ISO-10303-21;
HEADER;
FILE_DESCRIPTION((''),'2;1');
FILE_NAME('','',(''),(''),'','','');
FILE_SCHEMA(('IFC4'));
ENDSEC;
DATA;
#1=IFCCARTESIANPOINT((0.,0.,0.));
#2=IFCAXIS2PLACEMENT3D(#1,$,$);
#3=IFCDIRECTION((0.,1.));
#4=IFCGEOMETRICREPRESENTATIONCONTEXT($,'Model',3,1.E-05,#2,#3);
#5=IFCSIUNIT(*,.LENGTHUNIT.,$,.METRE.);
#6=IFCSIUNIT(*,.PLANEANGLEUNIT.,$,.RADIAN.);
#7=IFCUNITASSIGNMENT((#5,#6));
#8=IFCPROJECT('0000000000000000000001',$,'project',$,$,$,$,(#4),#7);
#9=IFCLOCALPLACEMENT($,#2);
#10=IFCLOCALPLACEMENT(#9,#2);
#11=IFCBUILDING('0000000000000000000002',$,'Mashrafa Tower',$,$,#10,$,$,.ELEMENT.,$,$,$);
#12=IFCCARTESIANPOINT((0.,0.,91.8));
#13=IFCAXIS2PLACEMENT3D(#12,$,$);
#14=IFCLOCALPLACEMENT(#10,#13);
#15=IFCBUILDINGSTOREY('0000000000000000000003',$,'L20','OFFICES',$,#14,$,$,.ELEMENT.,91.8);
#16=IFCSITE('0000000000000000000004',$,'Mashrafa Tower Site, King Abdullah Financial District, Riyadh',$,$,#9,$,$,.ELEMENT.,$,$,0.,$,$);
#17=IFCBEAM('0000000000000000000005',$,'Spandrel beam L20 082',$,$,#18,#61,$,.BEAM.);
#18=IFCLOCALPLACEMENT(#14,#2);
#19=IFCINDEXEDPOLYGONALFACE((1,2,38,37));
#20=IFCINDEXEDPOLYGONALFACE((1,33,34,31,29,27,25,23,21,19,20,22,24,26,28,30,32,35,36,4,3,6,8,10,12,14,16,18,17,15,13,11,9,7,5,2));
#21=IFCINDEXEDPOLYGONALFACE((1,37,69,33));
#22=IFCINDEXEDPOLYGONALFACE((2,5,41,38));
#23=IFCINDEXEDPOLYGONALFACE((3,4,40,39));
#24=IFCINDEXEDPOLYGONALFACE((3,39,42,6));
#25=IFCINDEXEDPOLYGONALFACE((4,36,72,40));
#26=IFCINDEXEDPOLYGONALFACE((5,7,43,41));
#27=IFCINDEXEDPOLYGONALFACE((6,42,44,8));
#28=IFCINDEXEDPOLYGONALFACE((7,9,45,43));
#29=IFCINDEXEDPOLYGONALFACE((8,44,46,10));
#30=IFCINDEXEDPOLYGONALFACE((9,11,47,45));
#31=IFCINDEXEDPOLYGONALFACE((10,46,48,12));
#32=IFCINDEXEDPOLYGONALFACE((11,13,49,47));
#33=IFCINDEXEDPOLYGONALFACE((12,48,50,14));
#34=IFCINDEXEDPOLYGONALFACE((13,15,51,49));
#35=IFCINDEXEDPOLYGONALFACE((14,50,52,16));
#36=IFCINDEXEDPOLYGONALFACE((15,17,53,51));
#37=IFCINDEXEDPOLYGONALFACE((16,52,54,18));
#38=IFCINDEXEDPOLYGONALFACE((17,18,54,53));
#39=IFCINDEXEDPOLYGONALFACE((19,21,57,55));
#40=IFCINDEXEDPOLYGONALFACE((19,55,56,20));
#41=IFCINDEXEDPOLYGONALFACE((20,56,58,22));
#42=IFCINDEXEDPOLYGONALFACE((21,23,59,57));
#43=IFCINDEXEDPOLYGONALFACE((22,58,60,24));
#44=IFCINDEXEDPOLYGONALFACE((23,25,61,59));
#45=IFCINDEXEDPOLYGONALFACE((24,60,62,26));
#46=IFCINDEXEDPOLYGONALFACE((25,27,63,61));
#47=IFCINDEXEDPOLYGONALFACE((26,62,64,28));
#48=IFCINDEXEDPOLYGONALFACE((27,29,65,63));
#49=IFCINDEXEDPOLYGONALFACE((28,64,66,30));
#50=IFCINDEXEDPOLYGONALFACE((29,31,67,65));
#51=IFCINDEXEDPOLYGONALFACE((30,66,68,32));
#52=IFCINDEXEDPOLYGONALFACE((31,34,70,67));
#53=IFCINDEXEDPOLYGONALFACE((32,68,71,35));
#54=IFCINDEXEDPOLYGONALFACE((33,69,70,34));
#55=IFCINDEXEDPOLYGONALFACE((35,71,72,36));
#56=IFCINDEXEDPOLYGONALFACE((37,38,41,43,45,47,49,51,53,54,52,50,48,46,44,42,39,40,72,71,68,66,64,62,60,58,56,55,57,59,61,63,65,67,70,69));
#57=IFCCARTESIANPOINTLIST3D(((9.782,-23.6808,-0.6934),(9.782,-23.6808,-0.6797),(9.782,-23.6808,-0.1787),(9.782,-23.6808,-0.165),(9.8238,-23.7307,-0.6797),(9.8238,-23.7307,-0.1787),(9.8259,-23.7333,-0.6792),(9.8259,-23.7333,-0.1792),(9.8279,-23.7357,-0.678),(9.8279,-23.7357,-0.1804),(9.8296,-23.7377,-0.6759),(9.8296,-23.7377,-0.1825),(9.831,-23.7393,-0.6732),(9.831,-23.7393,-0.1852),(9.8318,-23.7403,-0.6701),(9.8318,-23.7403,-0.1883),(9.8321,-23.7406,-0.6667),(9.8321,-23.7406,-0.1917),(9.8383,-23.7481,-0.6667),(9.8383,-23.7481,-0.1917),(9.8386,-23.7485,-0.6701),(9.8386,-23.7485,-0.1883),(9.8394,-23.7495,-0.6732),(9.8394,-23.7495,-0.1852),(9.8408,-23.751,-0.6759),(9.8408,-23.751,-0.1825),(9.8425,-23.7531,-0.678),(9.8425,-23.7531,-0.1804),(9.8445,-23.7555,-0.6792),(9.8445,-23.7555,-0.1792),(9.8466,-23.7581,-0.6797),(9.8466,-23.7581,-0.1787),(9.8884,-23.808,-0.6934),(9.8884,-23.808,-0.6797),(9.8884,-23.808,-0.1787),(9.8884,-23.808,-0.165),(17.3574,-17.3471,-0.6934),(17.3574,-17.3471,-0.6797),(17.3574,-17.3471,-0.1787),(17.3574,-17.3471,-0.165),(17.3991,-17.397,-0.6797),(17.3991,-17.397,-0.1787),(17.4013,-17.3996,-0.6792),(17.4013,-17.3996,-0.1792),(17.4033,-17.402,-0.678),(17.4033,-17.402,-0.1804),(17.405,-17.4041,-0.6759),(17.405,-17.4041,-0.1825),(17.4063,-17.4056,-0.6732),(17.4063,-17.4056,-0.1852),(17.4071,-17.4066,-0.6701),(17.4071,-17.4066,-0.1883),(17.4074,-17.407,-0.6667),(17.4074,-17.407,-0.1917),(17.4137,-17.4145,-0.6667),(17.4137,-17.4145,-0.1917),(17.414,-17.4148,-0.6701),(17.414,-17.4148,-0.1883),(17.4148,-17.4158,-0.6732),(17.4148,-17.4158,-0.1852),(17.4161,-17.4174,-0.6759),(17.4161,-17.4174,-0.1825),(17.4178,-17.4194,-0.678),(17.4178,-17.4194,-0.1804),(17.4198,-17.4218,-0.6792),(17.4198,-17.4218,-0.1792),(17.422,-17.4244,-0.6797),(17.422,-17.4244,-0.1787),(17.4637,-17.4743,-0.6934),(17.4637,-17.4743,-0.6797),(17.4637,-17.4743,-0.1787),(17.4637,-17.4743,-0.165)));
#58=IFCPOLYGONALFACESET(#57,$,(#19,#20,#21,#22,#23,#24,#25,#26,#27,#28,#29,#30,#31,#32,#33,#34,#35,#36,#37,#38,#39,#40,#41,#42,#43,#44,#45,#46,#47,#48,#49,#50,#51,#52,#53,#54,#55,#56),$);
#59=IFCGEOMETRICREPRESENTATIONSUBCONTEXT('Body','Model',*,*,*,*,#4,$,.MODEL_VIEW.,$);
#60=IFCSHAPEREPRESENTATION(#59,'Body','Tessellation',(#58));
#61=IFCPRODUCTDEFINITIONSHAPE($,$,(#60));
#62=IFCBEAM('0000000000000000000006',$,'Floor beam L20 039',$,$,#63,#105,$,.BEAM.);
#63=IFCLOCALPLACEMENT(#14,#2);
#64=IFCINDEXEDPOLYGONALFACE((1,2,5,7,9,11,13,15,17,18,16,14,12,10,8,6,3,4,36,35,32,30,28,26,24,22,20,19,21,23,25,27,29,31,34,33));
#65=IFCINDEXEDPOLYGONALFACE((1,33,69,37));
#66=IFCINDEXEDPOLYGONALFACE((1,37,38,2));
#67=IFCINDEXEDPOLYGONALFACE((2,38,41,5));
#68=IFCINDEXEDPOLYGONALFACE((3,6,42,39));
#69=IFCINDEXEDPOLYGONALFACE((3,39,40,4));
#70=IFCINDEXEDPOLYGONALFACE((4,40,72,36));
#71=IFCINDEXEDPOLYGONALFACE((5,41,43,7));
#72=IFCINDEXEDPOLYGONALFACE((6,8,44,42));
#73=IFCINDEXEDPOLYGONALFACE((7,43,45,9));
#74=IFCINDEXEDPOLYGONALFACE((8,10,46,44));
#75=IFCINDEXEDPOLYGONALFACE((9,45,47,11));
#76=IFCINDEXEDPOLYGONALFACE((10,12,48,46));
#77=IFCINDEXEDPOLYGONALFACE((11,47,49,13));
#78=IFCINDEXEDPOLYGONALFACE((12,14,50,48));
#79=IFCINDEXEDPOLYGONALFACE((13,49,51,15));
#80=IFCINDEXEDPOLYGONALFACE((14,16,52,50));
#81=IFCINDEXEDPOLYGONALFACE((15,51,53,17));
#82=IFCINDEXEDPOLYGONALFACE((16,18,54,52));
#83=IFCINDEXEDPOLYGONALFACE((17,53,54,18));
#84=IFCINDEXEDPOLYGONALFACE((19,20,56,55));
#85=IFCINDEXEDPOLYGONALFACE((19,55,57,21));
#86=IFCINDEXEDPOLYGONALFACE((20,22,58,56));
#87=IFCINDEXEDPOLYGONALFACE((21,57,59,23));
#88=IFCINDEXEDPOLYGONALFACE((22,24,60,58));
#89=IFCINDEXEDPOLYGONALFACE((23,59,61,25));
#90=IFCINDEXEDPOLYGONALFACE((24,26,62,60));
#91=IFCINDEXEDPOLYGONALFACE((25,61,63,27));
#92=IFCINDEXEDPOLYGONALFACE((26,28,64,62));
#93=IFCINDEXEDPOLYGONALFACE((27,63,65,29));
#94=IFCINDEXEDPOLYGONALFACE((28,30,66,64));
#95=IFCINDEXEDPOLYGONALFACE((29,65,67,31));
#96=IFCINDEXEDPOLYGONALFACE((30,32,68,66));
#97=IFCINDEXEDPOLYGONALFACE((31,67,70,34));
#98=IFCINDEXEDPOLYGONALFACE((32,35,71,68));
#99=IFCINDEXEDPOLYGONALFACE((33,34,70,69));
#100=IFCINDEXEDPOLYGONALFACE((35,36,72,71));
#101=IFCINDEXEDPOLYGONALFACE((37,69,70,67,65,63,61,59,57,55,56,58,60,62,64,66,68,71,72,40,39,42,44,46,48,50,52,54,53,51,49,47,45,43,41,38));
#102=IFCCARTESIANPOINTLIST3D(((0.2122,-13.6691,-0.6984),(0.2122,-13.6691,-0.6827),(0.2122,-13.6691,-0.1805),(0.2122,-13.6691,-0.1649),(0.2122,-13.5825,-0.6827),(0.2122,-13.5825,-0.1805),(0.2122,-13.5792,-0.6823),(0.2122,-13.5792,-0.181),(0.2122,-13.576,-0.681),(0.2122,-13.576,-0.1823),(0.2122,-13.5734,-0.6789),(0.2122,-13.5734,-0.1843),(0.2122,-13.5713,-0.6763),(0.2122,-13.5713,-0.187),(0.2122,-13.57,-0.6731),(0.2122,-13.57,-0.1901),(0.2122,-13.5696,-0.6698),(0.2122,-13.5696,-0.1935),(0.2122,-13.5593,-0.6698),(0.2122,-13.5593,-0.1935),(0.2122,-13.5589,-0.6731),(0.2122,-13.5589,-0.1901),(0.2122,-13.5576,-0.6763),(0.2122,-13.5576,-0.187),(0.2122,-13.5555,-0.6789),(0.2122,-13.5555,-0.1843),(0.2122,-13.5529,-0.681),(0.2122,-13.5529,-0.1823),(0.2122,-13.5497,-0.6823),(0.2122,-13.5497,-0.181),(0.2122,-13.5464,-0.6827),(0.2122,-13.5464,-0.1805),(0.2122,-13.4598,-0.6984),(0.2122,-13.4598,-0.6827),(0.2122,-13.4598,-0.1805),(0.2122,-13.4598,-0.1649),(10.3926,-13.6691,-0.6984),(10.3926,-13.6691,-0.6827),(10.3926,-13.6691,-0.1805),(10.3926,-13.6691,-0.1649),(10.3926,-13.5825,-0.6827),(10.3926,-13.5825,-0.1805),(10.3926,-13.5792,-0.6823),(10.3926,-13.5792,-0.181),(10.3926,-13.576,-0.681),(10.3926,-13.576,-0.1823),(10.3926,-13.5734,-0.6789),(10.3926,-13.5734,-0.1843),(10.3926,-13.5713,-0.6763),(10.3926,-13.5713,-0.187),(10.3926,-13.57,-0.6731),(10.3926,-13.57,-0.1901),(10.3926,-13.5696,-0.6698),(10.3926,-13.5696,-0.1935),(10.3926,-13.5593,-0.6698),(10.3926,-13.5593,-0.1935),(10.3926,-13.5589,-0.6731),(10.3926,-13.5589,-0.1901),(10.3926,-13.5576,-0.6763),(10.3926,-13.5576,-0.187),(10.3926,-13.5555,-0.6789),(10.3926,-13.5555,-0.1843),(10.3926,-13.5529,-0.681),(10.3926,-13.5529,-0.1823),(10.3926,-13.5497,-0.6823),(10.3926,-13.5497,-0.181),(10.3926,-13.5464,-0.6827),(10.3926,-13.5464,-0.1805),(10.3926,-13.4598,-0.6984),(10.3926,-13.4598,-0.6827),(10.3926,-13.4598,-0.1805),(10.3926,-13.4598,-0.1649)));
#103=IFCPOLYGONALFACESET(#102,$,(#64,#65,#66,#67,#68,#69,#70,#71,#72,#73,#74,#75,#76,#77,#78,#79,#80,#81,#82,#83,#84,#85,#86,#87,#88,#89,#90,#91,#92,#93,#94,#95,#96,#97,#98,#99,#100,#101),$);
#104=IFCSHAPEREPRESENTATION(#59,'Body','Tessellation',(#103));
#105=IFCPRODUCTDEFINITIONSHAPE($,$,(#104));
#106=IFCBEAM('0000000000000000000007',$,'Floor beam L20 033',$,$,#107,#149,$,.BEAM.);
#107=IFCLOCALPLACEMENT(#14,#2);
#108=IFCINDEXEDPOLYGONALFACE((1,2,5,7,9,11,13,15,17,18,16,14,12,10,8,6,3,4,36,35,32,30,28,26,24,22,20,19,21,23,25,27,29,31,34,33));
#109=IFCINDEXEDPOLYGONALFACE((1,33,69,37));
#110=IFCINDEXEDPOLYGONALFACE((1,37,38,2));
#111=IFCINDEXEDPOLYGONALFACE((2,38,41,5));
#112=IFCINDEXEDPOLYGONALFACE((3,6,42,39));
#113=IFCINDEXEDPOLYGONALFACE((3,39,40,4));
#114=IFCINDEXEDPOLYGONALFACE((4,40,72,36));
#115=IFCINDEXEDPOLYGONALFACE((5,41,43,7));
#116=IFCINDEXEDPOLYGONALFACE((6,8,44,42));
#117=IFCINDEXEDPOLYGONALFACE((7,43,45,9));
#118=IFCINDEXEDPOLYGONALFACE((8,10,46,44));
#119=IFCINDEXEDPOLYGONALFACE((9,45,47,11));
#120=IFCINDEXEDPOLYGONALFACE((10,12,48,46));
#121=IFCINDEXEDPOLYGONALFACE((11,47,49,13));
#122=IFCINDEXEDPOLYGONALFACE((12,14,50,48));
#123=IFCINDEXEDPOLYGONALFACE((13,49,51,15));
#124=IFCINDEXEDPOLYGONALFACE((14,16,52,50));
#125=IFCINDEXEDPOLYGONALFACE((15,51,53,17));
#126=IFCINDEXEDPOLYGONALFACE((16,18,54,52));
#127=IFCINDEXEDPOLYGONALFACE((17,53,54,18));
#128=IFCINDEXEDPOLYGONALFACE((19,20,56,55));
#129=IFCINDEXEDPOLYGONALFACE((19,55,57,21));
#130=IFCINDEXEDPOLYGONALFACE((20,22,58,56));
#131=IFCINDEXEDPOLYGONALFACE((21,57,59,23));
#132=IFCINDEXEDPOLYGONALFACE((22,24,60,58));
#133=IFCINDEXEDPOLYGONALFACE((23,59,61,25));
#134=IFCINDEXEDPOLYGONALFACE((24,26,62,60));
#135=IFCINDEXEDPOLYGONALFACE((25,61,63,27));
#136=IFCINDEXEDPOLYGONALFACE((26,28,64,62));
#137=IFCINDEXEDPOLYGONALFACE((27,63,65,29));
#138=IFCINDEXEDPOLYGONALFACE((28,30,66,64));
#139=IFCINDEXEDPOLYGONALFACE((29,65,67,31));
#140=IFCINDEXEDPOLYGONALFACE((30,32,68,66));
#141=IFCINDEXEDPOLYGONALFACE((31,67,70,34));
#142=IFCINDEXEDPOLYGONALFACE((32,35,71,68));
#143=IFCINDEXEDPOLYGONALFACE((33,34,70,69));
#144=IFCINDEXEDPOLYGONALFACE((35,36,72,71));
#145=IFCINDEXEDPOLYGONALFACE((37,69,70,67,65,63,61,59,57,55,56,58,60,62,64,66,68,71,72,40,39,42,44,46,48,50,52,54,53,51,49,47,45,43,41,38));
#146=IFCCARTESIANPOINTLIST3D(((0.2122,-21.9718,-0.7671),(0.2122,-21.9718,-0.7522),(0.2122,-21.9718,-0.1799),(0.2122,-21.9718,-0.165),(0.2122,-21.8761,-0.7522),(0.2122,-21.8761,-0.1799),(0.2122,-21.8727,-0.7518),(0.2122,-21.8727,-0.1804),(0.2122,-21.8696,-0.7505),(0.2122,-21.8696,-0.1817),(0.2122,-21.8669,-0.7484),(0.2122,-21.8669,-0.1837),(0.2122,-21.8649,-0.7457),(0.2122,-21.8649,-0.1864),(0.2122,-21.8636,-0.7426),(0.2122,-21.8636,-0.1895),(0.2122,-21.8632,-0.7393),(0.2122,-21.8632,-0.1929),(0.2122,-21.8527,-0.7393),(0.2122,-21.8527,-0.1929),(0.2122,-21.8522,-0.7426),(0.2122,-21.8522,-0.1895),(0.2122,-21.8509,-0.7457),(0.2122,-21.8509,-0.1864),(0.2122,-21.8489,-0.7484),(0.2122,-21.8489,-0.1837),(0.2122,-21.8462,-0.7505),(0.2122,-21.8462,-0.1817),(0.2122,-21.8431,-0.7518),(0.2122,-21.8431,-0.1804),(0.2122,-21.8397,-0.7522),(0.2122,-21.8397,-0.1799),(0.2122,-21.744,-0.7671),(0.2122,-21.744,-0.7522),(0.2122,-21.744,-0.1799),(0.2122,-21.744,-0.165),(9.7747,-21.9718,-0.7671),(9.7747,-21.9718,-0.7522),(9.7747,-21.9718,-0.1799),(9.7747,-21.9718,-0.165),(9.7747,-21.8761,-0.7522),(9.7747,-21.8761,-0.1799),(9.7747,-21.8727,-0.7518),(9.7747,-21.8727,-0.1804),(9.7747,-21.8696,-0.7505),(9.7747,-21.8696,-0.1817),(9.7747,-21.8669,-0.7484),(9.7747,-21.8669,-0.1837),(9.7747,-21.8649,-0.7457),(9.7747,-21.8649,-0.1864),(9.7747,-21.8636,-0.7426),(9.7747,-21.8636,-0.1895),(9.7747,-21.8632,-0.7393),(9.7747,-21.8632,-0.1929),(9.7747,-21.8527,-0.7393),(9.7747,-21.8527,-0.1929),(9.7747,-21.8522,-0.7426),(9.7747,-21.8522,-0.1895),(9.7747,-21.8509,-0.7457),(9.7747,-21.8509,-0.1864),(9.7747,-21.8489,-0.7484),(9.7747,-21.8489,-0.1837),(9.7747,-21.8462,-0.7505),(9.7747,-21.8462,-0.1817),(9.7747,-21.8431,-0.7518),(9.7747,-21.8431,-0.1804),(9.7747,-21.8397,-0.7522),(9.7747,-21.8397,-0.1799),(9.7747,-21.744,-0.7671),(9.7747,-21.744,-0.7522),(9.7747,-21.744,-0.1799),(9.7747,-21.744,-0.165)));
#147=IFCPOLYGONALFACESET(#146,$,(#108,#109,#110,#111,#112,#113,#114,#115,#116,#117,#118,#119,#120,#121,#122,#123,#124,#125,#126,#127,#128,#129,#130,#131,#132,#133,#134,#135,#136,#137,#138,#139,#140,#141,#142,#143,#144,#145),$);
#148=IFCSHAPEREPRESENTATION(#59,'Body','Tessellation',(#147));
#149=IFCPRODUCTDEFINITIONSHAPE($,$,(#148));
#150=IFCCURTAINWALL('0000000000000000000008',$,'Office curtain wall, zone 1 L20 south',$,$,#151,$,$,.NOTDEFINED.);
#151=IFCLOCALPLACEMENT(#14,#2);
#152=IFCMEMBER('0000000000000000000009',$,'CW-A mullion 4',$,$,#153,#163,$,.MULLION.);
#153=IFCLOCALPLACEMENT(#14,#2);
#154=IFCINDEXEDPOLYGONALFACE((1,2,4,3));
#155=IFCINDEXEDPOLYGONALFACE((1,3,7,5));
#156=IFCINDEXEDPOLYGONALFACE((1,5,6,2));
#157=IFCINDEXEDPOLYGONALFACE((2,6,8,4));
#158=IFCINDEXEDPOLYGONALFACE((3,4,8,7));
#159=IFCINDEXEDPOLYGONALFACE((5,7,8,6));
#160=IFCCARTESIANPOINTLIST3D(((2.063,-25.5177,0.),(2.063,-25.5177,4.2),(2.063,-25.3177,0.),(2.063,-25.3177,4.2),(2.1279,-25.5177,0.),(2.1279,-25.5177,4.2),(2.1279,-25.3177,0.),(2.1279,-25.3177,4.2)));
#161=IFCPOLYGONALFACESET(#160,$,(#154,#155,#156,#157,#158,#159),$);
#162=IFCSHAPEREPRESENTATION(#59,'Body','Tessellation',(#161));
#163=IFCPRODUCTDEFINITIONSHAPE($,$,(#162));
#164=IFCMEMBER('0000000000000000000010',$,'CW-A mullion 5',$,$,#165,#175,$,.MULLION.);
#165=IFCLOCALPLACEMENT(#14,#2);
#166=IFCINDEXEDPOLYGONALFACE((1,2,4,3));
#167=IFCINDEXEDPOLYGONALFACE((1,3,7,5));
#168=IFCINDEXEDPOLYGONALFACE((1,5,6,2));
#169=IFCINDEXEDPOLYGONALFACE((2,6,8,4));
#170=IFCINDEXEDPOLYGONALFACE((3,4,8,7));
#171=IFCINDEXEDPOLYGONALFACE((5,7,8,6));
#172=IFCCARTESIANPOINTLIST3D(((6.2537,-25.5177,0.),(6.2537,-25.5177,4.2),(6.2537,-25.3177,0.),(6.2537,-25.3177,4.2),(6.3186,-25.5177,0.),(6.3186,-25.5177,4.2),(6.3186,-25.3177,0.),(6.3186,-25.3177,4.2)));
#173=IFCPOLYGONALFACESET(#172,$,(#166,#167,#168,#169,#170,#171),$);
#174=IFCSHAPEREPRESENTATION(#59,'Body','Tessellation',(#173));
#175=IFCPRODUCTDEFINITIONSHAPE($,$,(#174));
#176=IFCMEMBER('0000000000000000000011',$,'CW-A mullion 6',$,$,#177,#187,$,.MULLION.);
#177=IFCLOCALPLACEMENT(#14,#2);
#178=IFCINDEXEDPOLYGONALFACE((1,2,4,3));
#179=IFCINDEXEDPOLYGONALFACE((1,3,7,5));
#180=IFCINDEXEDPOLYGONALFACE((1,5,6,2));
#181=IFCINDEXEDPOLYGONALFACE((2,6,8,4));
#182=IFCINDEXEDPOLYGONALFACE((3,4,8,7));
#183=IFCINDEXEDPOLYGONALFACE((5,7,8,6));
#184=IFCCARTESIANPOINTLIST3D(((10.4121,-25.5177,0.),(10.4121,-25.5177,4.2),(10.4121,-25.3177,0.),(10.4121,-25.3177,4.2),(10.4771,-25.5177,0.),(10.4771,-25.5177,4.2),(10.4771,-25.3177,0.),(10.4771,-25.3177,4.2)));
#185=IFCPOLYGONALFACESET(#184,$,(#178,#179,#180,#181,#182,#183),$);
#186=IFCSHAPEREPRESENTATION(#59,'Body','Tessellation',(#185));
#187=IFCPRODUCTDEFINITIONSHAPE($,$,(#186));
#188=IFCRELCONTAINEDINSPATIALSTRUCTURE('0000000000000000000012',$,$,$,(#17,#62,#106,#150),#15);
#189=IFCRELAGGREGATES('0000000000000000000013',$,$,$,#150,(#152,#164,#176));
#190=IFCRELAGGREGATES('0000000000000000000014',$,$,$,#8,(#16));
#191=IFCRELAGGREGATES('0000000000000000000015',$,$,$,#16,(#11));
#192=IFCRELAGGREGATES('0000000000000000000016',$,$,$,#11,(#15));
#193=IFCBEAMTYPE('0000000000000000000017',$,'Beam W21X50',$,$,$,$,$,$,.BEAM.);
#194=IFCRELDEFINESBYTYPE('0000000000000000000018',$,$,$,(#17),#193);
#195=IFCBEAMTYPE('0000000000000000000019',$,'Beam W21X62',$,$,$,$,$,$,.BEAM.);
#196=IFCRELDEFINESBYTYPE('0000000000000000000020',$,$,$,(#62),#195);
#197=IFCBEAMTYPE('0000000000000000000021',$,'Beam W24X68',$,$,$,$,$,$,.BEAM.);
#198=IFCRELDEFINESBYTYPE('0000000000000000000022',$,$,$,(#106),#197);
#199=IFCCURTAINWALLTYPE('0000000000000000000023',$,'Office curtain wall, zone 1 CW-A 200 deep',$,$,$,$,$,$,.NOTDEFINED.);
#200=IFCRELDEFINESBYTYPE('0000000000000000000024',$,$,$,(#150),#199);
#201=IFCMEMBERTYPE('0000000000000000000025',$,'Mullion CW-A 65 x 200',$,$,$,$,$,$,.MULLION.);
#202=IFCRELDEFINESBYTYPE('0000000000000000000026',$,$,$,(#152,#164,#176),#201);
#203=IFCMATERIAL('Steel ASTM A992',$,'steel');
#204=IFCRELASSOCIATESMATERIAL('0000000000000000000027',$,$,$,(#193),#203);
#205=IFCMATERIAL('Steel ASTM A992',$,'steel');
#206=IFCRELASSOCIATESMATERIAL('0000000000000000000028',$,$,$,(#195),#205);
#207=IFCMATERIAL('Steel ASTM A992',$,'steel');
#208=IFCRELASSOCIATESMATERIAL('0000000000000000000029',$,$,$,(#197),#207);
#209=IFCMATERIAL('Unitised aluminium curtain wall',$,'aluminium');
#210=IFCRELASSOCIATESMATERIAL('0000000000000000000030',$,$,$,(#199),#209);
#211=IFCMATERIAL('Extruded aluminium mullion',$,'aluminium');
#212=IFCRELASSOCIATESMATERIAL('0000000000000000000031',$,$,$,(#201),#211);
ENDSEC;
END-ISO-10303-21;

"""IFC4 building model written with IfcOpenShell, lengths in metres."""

from ifc_helpers import new_model, si_unit, direction, frame, origin, origin_2d, place, context, subcontext, project, spatial, rectangle, i_section, extrude, source, transform, mapped, material, material_profile, profile_set, type_object, type_shapes, element, aggregate, save


model = new_model("IFC4")

# Units and contexts
model_context = context("Model", 3, precision=1e-05, world=origin(), true_north=direction((0.0, 1.0)))
body_context = subcontext(model_context, "Body", "Model", "MODEL_VIEW")
ifc_project = project(units=[si_unit("LENGTHUNIT", "METRE"), si_unit("PLANEANGLEUNIT", "RADIAN")], contexts=[model_context])

# Site, building, storey
site_placement = place(None, origin())
site = spatial("IfcSite", under=ifc_project, at=site_placement, Name="Mashrafa Tower Site, King Abdullah Financial District, Riyadh", CompositionType="ELEMENT", RefElevation=0.0)
building_placement = place(site_placement, origin())
building = spatial("IfcBuilding", under=site, at=building_placement, Name="Mashrafa Tower", CompositionType="ELEMENT")
storey_placement = place(building_placement, frame((0.0, 0.0, 91.8)))
storey = spatial("IfcBuildingStorey", under=building, at=storey_placement, Name="L20", Description="OFFICES", CompositionType="ELEMENT", Elevation=91.8)

# Beams
ifc_material_1 = material(Name="Steel ASTM A992", Category="steel")
ifc_material_profile_1 = material_profile(ifc_material_1, i_section(OverallWidth=0.1658, OverallDepth=0.5283, WebThickness=0.0098, FlangeThickness=0.0137, FilletRadius=0.0129, at=origin_2d()), Name="W21X50")
ifc_profile_set_1 = profile_set([ifc_material_profile_1], Name="Steel ASTM A992")
beam_type_1 = type_object("IfcBeamType", Name="Beam W21X50", PredefinedType="BEAM", material=ifc_profile_set_1)
for number, where, z_axis, x_axis, name in (
    (1, (9.8352, -23.7444, -0.4292), (0.767181, 0.641431, 0.0), (-0.641431, 0.767181, 0.0), "Spandrel beam L20 082"),
):
    element("IfcBeam", number, at=place(storey_placement, frame(where, z_axis=z_axis, x_axis=x_axis)), inside=storey, type_object=beam_type_1, Name=name, PredefinedType="BEAM", context=body_context, shape_type="SweptSolid", body=[
        extrude(i_section(OverallWidth=0.1658, OverallDepth=0.5283, WebThickness=0.0098, FlangeThickness=0.0137, FilletRadius=0.0129, at=origin_2d()), origin(), (0.0, 0.0, 1.0), 9.8743),
    ])
ifc_material_2 = material(Name="Steel ASTM A992", Category="steel")
ifc_material_profile_2 = material_profile(ifc_material_2, i_section(OverallWidth=0.2092, OverallDepth=0.5334, WebThickness=0.0103, FlangeThickness=0.0156, FilletRadius=0.0129, at=origin_2d()), Name="W21X62")
ifc_profile_set_2 = profile_set([ifc_material_profile_2], Name="Steel ASTM A992")
beam_type_2 = type_object("IfcBeamType", Name="Beam W21X62", PredefinedType="BEAM", material=ifc_profile_set_2)
beam_1_placement = place(storey_placement, frame((10.3926, -13.5645, -0.4316), z_axis=(-1.0, 0.0, 0.0), x_axis=(0.0, -1.0, 0.0)))
element("IfcBeam", 2, at=beam_1_placement, inside=storey, type_object=beam_type_2, Name="Floor beam L20 039", PredefinedType="BEAM", context=body_context, shape_type="SweptSolid", body=[
    extrude(i_section(OverallWidth=0.2092, OverallDepth=0.5334, WebThickness=0.0103, FlangeThickness=0.0156, FilletRadius=0.0129, at=origin_2d()), origin(), (0.0, 0.0, 1.0), 10.1804),
])
ifc_material_3 = material(Name="Steel ASTM A992", Category="steel")
ifc_material_profile_3 = material_profile(ifc_material_3, i_section(OverallWidth=0.2278, OverallDepth=0.6021, WebThickness=0.0105, FlangeThickness=0.0149, FilletRadius=0.0129, at=origin_2d()), Name="W24X68")
ifc_profile_set_3 = profile_set([ifc_material_profile_3], Name="Steel ASTM A992")
beam_type_3 = type_object("IfcBeamType", Name="Beam W24X68", PredefinedType="BEAM", material=ifc_profile_set_3)
beam_2_placement = place(storey_placement, frame((9.7747, -21.8579, -0.4661), z_axis=(-1.0, 0.0, 0.0), x_axis=(0.0, -1.0, 0.0)))
element("IfcBeam", 3, at=beam_2_placement, inside=storey, type_object=beam_type_3, Name="Floor beam L20 033", PredefinedType="BEAM", context=body_context, shape_type="SweptSolid", body=[
    extrude(i_section(OverallWidth=0.2278, OverallDepth=0.6021, WebThickness=0.0105, FlangeThickness=0.0149, FilletRadius=0.0129, at=origin_2d()), origin(), (0.0, 0.0, 1.0), 9.5625),
])

# Curtain wall, members
ifc_material_4 = material(Name="Unitised aluminium curtain wall", Category="aluminium")
curtain_wall_type = type_object("IfcCurtainWallType", Name="Office curtain wall, zone 1 CW-A 200 deep", PredefinedType="NOTDEFINED", material=ifc_material_4)
curtain_wall_1_placement = place(storey_placement, origin())
curtain_wall_1 = element("IfcCurtainWall", 4, at=curtain_wall_1_placement, inside=storey, type_object=curtain_wall_type, Name="Office curtain wall, zone 1 L20 south", PredefinedType="NOTDEFINED")
ifc_material_5 = material(Name="Extruded aluminium mullion", Category="aluminium")
ifc_material_profile_4 = material_profile(ifc_material_5, rectangle(XDim=0.2, YDim=0.0649, at=origin_2d()), Name="Mullion 65x200")
ifc_profile_set_4 = profile_set([ifc_material_profile_4], Name="Extruded aluminium mullion")
member_type_1 = type_object("IfcMemberType", Name="Mullion CW-A 65 x 200", PredefinedType="MULLION", material=ifc_profile_set_4)
shared_shape_1 = source(origin(), body_context, "Body", "SweptSolid", [
    extrude(rectangle(XDim=0.2, YDim=0.0649, at=origin_2d()), origin(), (0.0, 0.0, 1.0), 4.2),
])
type_shapes(member_type_1, [shared_shape_1])
member_1_placement = place(storey_placement, frame((2.0955, -25.4177, 0.0), z_axis=(0.0, 0.0, 1.0), x_axis=(0.0, 1.0, 0.0)))
member_1 = element("IfcMember", 5, at=member_1_placement, type_object=member_type_1, Name="CW-A mullion 4", PredefinedType="MULLION", context=body_context, shape_type="MappedRepresentation", body=[
    mapped(shared_shape_1, transform((0.0, 0.0, 0.0))),
])
member_2_placement = place(storey_placement, frame((6.2861, -25.4177, 0.0), z_axis=(0.0, 0.0, 1.0), x_axis=(0.0, 1.0, 0.0)))
member_2 = element("IfcMember", 6, at=member_2_placement, type_object=member_type_1, Name="CW-A mullion 5", PredefinedType="MULLION", context=body_context, shape_type="MappedRepresentation", body=[
    mapped(shared_shape_1, transform((0.0, 0.0, 0.0))),
])
member_3_placement = place(storey_placement, frame((10.4446, -25.4177, 0.0), z_axis=(0.0, 0.0, 1.0), x_axis=(0.0, 1.0, 0.0)))
member_3 = element("IfcMember", 7, at=member_3_placement, type_object=member_type_1, Name="CW-A mullion 6", PredefinedType="MULLION", context=body_context, shape_type="MappedRepresentation", body=[
    mapped(shared_shape_1, transform((0.0, 0.0, 0.0))),
])

aggregate(curtain_wall_1, [member_1, member_2, member_3])

save(model, "model.ifc")
